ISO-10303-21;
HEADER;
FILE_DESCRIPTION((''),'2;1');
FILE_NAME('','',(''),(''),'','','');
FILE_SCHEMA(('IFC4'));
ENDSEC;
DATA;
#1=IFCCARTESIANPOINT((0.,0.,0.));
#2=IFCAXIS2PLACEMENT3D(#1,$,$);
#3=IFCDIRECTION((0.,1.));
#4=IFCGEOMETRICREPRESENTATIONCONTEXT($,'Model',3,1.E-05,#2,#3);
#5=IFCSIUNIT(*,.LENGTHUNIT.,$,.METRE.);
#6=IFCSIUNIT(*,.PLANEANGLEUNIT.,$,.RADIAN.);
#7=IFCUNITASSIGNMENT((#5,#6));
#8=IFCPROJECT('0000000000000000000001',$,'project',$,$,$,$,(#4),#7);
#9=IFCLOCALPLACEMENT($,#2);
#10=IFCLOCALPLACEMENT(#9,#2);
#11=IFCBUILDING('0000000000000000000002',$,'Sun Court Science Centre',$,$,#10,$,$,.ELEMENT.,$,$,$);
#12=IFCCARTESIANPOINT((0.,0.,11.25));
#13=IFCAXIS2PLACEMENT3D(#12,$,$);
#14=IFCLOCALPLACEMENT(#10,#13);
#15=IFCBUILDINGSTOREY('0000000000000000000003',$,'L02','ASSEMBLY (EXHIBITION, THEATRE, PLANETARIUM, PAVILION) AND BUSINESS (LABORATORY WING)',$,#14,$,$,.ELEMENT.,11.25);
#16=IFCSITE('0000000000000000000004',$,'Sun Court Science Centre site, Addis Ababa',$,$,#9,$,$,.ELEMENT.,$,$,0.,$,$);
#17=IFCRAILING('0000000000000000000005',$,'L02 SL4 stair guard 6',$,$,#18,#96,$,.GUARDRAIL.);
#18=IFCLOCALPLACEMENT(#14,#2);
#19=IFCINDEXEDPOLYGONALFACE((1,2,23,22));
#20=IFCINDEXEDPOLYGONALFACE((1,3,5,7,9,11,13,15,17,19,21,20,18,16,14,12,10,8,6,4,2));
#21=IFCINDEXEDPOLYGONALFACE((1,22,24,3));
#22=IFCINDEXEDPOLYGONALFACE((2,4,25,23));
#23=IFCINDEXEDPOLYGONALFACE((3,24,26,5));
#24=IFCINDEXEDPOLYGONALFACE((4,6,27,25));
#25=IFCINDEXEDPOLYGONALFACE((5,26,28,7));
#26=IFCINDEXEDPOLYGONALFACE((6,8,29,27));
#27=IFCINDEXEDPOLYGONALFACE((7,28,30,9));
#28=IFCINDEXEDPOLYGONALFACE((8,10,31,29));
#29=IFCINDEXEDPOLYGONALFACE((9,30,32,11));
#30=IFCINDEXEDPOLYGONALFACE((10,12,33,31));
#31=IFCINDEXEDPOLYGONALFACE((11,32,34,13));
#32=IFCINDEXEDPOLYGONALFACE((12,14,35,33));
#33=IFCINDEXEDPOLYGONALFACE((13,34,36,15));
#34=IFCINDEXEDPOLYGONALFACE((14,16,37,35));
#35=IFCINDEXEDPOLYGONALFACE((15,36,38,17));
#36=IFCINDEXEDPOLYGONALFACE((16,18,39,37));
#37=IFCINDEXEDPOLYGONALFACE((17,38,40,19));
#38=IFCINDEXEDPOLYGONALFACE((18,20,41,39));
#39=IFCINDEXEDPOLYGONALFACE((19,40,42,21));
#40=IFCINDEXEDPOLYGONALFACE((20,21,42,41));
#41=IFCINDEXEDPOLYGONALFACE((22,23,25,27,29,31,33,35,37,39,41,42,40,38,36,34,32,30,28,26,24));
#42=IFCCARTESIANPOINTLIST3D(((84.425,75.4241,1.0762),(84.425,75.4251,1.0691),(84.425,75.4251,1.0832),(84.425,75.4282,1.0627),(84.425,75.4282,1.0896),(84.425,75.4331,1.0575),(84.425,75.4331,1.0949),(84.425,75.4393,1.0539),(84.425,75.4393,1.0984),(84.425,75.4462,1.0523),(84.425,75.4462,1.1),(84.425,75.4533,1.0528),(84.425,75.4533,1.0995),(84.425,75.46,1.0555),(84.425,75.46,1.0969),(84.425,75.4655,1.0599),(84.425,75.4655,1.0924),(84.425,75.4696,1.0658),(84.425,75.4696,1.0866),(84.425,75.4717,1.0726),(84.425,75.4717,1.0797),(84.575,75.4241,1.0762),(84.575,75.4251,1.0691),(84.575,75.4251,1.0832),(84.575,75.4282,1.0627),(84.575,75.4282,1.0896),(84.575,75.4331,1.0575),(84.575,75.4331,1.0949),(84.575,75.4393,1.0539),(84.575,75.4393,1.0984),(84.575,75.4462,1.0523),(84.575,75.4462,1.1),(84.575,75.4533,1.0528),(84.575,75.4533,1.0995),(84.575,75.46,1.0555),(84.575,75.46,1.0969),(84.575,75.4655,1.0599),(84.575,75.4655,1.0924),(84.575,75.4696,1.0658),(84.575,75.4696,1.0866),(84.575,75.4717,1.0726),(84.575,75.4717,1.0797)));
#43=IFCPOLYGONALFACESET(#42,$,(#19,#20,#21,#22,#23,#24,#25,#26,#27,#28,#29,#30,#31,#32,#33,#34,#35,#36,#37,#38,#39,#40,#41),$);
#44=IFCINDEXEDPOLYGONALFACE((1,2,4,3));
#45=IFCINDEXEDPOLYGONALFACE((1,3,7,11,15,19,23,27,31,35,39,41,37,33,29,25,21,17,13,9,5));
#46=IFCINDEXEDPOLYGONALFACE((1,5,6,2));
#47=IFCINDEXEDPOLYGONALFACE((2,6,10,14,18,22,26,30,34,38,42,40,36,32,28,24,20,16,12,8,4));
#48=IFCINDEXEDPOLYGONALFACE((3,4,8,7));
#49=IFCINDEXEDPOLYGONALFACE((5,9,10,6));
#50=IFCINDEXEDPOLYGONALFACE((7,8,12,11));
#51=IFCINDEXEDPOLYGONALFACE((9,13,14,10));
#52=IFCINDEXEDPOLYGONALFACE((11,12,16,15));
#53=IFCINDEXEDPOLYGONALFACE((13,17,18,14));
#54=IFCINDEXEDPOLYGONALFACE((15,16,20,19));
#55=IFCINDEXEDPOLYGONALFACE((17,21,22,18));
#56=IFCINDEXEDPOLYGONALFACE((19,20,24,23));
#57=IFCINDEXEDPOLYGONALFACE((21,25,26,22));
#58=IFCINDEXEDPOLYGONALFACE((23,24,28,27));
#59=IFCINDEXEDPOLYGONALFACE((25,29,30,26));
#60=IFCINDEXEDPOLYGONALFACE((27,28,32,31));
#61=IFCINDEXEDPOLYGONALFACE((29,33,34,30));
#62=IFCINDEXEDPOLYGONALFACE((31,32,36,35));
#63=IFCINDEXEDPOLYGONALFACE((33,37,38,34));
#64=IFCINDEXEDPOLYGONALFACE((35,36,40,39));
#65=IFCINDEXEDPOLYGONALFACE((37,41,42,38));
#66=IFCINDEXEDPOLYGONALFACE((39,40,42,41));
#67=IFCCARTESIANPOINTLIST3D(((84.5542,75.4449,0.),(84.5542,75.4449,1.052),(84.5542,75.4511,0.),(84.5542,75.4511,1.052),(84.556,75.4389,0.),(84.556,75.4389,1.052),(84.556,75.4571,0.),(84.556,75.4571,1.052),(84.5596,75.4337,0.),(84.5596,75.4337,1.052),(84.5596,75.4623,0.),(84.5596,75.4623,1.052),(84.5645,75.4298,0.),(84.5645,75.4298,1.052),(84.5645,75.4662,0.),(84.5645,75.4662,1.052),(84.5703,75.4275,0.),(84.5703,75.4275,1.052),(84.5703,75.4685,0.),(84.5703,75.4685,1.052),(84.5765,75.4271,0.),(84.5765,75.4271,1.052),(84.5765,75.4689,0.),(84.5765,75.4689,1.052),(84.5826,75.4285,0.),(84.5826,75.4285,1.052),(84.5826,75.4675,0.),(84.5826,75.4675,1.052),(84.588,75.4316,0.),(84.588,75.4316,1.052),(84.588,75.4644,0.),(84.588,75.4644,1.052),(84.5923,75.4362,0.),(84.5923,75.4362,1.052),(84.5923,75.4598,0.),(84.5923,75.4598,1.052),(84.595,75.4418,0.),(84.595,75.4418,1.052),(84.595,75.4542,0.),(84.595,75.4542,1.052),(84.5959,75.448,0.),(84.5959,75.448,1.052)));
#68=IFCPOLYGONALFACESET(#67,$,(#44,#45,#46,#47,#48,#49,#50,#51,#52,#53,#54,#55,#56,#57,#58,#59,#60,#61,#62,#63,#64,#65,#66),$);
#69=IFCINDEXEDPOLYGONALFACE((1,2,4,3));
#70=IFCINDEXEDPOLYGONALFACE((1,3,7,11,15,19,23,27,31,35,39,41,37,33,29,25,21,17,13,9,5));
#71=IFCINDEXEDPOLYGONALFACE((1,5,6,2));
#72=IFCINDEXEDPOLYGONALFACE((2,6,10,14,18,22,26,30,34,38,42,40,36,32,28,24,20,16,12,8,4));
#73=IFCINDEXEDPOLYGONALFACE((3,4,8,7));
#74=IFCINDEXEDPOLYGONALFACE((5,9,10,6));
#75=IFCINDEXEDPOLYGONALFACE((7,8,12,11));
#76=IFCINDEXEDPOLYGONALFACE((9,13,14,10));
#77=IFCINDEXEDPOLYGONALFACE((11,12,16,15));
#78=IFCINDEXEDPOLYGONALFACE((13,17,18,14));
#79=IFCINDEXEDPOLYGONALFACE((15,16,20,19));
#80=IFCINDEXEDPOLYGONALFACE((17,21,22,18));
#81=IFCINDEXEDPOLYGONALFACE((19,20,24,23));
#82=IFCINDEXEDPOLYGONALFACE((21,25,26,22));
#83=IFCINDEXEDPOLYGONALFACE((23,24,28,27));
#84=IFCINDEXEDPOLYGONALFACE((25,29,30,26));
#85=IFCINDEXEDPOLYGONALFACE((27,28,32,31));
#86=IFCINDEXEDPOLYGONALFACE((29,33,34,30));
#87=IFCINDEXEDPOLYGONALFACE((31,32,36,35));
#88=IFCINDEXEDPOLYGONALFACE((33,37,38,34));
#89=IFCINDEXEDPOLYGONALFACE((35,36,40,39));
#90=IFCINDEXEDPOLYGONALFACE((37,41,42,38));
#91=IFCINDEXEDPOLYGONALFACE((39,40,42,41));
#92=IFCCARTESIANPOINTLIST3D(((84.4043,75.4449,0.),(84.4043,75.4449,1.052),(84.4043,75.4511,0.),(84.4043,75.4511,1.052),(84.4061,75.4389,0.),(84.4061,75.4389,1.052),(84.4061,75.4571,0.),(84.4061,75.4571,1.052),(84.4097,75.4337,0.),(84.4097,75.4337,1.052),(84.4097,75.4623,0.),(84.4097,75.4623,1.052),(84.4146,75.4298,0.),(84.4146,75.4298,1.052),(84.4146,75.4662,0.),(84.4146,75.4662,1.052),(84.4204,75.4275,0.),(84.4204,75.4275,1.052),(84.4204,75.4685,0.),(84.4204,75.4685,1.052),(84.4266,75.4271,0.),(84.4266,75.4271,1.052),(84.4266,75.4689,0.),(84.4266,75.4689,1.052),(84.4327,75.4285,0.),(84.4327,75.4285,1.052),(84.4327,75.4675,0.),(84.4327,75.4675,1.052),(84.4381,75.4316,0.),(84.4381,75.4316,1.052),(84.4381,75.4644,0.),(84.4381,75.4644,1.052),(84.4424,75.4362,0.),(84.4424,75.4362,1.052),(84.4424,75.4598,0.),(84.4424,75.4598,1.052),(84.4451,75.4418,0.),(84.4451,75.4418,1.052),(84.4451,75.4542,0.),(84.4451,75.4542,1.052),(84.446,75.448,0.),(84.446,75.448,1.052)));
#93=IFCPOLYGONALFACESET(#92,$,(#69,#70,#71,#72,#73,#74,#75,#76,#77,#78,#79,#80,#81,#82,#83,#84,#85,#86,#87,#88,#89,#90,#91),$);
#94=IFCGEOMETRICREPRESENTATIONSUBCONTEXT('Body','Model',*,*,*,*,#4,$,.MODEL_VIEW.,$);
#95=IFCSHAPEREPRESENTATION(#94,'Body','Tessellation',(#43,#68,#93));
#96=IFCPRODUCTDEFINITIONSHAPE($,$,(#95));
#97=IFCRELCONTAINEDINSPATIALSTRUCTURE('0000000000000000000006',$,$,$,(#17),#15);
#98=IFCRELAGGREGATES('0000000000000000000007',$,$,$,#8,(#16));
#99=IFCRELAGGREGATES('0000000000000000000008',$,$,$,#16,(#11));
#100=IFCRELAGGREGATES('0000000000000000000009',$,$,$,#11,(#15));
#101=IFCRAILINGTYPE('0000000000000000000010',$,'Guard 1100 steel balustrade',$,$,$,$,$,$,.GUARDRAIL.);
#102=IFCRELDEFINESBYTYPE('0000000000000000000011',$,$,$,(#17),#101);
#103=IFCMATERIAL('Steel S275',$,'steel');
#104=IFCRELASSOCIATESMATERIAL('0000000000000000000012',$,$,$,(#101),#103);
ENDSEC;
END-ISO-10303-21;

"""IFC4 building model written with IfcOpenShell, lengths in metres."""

from ifc_helpers import new_model, si_unit, direction, frame, origin, origin_2d, place, context, subcontext, project, spatial, circle, extrude, material, type_object, element, save


model = new_model("IFC4")

# Units and contexts
model_context = context("Model", 3, precision=1e-05, world=origin(), true_north=direction((0.0, 1.0)))
body_context = subcontext(model_context, "Body", "Model", "MODEL_VIEW")
ifc_project = project(units=[si_unit("LENGTHUNIT", "METRE"), si_unit("PLANEANGLEUNIT", "RADIAN")], contexts=[model_context])

# Site, building, storey
site_placement = place(None, origin())
site = spatial("IfcSite", under=ifc_project, at=site_placement, Name="Sun Court Science Centre site, Addis Ababa", CompositionType="ELEMENT", RefElevation=0.0)
building_placement = place(site_placement, origin())
building = spatial("IfcBuilding", under=site, at=building_placement, Name="Sun Court Science Centre", CompositionType="ELEMENT")
storey_placement = place(building_placement, frame((0.0, 0.0, 11.25)))
storey = spatial("IfcBuildingStorey", under=building, at=storey_placement, Name="L02", Description="ASSEMBLY (EXHIBITION, THEATRE, PLANETARIUM, PAVILION) AND BUSINESS (LABORATORY WING)", CompositionType="ELEMENT", Elevation=11.25)

# Railing
ifc_material_1 = material(Name="Steel S275", Category="steel")
railing_type_1 = type_object("IfcRailingType", Name="Guard 1100 steel balustrade", PredefinedType="GUARDRAIL", material=ifc_material_1)
railing_1_placement = place(storey_placement, frame((84.575, 75.448, 0.0)))
element("IfcRailing", 1, at=railing_1_placement, inside=storey, type_object=railing_type_1, Name="L02 SL4 stair guard 6", PredefinedType="GUARDRAIL", context=body_context, shape_type="SweptSolid", body=[
    extrude(circle(Radius=0.0239, at=origin_2d()), frame((0.0, 0.0, 1.0762), z_axis=(-1.0, 0.0, 0.0), x_axis=(0.0, -1.0, 0.0)), (0.0, 0.0, 1.0), 0.1499),
    extrude(circle(Radius=0.021, at=origin_2d()), origin(), (0.0, 0.0, 1.0), 1.052),
    extrude(circle(Radius=0.021, at=origin_2d()), frame((-0.1499, 0.0, 0.0)), (0.0, 0.0, 1.0), 1.052),
])

save(model, "model.ifc")
